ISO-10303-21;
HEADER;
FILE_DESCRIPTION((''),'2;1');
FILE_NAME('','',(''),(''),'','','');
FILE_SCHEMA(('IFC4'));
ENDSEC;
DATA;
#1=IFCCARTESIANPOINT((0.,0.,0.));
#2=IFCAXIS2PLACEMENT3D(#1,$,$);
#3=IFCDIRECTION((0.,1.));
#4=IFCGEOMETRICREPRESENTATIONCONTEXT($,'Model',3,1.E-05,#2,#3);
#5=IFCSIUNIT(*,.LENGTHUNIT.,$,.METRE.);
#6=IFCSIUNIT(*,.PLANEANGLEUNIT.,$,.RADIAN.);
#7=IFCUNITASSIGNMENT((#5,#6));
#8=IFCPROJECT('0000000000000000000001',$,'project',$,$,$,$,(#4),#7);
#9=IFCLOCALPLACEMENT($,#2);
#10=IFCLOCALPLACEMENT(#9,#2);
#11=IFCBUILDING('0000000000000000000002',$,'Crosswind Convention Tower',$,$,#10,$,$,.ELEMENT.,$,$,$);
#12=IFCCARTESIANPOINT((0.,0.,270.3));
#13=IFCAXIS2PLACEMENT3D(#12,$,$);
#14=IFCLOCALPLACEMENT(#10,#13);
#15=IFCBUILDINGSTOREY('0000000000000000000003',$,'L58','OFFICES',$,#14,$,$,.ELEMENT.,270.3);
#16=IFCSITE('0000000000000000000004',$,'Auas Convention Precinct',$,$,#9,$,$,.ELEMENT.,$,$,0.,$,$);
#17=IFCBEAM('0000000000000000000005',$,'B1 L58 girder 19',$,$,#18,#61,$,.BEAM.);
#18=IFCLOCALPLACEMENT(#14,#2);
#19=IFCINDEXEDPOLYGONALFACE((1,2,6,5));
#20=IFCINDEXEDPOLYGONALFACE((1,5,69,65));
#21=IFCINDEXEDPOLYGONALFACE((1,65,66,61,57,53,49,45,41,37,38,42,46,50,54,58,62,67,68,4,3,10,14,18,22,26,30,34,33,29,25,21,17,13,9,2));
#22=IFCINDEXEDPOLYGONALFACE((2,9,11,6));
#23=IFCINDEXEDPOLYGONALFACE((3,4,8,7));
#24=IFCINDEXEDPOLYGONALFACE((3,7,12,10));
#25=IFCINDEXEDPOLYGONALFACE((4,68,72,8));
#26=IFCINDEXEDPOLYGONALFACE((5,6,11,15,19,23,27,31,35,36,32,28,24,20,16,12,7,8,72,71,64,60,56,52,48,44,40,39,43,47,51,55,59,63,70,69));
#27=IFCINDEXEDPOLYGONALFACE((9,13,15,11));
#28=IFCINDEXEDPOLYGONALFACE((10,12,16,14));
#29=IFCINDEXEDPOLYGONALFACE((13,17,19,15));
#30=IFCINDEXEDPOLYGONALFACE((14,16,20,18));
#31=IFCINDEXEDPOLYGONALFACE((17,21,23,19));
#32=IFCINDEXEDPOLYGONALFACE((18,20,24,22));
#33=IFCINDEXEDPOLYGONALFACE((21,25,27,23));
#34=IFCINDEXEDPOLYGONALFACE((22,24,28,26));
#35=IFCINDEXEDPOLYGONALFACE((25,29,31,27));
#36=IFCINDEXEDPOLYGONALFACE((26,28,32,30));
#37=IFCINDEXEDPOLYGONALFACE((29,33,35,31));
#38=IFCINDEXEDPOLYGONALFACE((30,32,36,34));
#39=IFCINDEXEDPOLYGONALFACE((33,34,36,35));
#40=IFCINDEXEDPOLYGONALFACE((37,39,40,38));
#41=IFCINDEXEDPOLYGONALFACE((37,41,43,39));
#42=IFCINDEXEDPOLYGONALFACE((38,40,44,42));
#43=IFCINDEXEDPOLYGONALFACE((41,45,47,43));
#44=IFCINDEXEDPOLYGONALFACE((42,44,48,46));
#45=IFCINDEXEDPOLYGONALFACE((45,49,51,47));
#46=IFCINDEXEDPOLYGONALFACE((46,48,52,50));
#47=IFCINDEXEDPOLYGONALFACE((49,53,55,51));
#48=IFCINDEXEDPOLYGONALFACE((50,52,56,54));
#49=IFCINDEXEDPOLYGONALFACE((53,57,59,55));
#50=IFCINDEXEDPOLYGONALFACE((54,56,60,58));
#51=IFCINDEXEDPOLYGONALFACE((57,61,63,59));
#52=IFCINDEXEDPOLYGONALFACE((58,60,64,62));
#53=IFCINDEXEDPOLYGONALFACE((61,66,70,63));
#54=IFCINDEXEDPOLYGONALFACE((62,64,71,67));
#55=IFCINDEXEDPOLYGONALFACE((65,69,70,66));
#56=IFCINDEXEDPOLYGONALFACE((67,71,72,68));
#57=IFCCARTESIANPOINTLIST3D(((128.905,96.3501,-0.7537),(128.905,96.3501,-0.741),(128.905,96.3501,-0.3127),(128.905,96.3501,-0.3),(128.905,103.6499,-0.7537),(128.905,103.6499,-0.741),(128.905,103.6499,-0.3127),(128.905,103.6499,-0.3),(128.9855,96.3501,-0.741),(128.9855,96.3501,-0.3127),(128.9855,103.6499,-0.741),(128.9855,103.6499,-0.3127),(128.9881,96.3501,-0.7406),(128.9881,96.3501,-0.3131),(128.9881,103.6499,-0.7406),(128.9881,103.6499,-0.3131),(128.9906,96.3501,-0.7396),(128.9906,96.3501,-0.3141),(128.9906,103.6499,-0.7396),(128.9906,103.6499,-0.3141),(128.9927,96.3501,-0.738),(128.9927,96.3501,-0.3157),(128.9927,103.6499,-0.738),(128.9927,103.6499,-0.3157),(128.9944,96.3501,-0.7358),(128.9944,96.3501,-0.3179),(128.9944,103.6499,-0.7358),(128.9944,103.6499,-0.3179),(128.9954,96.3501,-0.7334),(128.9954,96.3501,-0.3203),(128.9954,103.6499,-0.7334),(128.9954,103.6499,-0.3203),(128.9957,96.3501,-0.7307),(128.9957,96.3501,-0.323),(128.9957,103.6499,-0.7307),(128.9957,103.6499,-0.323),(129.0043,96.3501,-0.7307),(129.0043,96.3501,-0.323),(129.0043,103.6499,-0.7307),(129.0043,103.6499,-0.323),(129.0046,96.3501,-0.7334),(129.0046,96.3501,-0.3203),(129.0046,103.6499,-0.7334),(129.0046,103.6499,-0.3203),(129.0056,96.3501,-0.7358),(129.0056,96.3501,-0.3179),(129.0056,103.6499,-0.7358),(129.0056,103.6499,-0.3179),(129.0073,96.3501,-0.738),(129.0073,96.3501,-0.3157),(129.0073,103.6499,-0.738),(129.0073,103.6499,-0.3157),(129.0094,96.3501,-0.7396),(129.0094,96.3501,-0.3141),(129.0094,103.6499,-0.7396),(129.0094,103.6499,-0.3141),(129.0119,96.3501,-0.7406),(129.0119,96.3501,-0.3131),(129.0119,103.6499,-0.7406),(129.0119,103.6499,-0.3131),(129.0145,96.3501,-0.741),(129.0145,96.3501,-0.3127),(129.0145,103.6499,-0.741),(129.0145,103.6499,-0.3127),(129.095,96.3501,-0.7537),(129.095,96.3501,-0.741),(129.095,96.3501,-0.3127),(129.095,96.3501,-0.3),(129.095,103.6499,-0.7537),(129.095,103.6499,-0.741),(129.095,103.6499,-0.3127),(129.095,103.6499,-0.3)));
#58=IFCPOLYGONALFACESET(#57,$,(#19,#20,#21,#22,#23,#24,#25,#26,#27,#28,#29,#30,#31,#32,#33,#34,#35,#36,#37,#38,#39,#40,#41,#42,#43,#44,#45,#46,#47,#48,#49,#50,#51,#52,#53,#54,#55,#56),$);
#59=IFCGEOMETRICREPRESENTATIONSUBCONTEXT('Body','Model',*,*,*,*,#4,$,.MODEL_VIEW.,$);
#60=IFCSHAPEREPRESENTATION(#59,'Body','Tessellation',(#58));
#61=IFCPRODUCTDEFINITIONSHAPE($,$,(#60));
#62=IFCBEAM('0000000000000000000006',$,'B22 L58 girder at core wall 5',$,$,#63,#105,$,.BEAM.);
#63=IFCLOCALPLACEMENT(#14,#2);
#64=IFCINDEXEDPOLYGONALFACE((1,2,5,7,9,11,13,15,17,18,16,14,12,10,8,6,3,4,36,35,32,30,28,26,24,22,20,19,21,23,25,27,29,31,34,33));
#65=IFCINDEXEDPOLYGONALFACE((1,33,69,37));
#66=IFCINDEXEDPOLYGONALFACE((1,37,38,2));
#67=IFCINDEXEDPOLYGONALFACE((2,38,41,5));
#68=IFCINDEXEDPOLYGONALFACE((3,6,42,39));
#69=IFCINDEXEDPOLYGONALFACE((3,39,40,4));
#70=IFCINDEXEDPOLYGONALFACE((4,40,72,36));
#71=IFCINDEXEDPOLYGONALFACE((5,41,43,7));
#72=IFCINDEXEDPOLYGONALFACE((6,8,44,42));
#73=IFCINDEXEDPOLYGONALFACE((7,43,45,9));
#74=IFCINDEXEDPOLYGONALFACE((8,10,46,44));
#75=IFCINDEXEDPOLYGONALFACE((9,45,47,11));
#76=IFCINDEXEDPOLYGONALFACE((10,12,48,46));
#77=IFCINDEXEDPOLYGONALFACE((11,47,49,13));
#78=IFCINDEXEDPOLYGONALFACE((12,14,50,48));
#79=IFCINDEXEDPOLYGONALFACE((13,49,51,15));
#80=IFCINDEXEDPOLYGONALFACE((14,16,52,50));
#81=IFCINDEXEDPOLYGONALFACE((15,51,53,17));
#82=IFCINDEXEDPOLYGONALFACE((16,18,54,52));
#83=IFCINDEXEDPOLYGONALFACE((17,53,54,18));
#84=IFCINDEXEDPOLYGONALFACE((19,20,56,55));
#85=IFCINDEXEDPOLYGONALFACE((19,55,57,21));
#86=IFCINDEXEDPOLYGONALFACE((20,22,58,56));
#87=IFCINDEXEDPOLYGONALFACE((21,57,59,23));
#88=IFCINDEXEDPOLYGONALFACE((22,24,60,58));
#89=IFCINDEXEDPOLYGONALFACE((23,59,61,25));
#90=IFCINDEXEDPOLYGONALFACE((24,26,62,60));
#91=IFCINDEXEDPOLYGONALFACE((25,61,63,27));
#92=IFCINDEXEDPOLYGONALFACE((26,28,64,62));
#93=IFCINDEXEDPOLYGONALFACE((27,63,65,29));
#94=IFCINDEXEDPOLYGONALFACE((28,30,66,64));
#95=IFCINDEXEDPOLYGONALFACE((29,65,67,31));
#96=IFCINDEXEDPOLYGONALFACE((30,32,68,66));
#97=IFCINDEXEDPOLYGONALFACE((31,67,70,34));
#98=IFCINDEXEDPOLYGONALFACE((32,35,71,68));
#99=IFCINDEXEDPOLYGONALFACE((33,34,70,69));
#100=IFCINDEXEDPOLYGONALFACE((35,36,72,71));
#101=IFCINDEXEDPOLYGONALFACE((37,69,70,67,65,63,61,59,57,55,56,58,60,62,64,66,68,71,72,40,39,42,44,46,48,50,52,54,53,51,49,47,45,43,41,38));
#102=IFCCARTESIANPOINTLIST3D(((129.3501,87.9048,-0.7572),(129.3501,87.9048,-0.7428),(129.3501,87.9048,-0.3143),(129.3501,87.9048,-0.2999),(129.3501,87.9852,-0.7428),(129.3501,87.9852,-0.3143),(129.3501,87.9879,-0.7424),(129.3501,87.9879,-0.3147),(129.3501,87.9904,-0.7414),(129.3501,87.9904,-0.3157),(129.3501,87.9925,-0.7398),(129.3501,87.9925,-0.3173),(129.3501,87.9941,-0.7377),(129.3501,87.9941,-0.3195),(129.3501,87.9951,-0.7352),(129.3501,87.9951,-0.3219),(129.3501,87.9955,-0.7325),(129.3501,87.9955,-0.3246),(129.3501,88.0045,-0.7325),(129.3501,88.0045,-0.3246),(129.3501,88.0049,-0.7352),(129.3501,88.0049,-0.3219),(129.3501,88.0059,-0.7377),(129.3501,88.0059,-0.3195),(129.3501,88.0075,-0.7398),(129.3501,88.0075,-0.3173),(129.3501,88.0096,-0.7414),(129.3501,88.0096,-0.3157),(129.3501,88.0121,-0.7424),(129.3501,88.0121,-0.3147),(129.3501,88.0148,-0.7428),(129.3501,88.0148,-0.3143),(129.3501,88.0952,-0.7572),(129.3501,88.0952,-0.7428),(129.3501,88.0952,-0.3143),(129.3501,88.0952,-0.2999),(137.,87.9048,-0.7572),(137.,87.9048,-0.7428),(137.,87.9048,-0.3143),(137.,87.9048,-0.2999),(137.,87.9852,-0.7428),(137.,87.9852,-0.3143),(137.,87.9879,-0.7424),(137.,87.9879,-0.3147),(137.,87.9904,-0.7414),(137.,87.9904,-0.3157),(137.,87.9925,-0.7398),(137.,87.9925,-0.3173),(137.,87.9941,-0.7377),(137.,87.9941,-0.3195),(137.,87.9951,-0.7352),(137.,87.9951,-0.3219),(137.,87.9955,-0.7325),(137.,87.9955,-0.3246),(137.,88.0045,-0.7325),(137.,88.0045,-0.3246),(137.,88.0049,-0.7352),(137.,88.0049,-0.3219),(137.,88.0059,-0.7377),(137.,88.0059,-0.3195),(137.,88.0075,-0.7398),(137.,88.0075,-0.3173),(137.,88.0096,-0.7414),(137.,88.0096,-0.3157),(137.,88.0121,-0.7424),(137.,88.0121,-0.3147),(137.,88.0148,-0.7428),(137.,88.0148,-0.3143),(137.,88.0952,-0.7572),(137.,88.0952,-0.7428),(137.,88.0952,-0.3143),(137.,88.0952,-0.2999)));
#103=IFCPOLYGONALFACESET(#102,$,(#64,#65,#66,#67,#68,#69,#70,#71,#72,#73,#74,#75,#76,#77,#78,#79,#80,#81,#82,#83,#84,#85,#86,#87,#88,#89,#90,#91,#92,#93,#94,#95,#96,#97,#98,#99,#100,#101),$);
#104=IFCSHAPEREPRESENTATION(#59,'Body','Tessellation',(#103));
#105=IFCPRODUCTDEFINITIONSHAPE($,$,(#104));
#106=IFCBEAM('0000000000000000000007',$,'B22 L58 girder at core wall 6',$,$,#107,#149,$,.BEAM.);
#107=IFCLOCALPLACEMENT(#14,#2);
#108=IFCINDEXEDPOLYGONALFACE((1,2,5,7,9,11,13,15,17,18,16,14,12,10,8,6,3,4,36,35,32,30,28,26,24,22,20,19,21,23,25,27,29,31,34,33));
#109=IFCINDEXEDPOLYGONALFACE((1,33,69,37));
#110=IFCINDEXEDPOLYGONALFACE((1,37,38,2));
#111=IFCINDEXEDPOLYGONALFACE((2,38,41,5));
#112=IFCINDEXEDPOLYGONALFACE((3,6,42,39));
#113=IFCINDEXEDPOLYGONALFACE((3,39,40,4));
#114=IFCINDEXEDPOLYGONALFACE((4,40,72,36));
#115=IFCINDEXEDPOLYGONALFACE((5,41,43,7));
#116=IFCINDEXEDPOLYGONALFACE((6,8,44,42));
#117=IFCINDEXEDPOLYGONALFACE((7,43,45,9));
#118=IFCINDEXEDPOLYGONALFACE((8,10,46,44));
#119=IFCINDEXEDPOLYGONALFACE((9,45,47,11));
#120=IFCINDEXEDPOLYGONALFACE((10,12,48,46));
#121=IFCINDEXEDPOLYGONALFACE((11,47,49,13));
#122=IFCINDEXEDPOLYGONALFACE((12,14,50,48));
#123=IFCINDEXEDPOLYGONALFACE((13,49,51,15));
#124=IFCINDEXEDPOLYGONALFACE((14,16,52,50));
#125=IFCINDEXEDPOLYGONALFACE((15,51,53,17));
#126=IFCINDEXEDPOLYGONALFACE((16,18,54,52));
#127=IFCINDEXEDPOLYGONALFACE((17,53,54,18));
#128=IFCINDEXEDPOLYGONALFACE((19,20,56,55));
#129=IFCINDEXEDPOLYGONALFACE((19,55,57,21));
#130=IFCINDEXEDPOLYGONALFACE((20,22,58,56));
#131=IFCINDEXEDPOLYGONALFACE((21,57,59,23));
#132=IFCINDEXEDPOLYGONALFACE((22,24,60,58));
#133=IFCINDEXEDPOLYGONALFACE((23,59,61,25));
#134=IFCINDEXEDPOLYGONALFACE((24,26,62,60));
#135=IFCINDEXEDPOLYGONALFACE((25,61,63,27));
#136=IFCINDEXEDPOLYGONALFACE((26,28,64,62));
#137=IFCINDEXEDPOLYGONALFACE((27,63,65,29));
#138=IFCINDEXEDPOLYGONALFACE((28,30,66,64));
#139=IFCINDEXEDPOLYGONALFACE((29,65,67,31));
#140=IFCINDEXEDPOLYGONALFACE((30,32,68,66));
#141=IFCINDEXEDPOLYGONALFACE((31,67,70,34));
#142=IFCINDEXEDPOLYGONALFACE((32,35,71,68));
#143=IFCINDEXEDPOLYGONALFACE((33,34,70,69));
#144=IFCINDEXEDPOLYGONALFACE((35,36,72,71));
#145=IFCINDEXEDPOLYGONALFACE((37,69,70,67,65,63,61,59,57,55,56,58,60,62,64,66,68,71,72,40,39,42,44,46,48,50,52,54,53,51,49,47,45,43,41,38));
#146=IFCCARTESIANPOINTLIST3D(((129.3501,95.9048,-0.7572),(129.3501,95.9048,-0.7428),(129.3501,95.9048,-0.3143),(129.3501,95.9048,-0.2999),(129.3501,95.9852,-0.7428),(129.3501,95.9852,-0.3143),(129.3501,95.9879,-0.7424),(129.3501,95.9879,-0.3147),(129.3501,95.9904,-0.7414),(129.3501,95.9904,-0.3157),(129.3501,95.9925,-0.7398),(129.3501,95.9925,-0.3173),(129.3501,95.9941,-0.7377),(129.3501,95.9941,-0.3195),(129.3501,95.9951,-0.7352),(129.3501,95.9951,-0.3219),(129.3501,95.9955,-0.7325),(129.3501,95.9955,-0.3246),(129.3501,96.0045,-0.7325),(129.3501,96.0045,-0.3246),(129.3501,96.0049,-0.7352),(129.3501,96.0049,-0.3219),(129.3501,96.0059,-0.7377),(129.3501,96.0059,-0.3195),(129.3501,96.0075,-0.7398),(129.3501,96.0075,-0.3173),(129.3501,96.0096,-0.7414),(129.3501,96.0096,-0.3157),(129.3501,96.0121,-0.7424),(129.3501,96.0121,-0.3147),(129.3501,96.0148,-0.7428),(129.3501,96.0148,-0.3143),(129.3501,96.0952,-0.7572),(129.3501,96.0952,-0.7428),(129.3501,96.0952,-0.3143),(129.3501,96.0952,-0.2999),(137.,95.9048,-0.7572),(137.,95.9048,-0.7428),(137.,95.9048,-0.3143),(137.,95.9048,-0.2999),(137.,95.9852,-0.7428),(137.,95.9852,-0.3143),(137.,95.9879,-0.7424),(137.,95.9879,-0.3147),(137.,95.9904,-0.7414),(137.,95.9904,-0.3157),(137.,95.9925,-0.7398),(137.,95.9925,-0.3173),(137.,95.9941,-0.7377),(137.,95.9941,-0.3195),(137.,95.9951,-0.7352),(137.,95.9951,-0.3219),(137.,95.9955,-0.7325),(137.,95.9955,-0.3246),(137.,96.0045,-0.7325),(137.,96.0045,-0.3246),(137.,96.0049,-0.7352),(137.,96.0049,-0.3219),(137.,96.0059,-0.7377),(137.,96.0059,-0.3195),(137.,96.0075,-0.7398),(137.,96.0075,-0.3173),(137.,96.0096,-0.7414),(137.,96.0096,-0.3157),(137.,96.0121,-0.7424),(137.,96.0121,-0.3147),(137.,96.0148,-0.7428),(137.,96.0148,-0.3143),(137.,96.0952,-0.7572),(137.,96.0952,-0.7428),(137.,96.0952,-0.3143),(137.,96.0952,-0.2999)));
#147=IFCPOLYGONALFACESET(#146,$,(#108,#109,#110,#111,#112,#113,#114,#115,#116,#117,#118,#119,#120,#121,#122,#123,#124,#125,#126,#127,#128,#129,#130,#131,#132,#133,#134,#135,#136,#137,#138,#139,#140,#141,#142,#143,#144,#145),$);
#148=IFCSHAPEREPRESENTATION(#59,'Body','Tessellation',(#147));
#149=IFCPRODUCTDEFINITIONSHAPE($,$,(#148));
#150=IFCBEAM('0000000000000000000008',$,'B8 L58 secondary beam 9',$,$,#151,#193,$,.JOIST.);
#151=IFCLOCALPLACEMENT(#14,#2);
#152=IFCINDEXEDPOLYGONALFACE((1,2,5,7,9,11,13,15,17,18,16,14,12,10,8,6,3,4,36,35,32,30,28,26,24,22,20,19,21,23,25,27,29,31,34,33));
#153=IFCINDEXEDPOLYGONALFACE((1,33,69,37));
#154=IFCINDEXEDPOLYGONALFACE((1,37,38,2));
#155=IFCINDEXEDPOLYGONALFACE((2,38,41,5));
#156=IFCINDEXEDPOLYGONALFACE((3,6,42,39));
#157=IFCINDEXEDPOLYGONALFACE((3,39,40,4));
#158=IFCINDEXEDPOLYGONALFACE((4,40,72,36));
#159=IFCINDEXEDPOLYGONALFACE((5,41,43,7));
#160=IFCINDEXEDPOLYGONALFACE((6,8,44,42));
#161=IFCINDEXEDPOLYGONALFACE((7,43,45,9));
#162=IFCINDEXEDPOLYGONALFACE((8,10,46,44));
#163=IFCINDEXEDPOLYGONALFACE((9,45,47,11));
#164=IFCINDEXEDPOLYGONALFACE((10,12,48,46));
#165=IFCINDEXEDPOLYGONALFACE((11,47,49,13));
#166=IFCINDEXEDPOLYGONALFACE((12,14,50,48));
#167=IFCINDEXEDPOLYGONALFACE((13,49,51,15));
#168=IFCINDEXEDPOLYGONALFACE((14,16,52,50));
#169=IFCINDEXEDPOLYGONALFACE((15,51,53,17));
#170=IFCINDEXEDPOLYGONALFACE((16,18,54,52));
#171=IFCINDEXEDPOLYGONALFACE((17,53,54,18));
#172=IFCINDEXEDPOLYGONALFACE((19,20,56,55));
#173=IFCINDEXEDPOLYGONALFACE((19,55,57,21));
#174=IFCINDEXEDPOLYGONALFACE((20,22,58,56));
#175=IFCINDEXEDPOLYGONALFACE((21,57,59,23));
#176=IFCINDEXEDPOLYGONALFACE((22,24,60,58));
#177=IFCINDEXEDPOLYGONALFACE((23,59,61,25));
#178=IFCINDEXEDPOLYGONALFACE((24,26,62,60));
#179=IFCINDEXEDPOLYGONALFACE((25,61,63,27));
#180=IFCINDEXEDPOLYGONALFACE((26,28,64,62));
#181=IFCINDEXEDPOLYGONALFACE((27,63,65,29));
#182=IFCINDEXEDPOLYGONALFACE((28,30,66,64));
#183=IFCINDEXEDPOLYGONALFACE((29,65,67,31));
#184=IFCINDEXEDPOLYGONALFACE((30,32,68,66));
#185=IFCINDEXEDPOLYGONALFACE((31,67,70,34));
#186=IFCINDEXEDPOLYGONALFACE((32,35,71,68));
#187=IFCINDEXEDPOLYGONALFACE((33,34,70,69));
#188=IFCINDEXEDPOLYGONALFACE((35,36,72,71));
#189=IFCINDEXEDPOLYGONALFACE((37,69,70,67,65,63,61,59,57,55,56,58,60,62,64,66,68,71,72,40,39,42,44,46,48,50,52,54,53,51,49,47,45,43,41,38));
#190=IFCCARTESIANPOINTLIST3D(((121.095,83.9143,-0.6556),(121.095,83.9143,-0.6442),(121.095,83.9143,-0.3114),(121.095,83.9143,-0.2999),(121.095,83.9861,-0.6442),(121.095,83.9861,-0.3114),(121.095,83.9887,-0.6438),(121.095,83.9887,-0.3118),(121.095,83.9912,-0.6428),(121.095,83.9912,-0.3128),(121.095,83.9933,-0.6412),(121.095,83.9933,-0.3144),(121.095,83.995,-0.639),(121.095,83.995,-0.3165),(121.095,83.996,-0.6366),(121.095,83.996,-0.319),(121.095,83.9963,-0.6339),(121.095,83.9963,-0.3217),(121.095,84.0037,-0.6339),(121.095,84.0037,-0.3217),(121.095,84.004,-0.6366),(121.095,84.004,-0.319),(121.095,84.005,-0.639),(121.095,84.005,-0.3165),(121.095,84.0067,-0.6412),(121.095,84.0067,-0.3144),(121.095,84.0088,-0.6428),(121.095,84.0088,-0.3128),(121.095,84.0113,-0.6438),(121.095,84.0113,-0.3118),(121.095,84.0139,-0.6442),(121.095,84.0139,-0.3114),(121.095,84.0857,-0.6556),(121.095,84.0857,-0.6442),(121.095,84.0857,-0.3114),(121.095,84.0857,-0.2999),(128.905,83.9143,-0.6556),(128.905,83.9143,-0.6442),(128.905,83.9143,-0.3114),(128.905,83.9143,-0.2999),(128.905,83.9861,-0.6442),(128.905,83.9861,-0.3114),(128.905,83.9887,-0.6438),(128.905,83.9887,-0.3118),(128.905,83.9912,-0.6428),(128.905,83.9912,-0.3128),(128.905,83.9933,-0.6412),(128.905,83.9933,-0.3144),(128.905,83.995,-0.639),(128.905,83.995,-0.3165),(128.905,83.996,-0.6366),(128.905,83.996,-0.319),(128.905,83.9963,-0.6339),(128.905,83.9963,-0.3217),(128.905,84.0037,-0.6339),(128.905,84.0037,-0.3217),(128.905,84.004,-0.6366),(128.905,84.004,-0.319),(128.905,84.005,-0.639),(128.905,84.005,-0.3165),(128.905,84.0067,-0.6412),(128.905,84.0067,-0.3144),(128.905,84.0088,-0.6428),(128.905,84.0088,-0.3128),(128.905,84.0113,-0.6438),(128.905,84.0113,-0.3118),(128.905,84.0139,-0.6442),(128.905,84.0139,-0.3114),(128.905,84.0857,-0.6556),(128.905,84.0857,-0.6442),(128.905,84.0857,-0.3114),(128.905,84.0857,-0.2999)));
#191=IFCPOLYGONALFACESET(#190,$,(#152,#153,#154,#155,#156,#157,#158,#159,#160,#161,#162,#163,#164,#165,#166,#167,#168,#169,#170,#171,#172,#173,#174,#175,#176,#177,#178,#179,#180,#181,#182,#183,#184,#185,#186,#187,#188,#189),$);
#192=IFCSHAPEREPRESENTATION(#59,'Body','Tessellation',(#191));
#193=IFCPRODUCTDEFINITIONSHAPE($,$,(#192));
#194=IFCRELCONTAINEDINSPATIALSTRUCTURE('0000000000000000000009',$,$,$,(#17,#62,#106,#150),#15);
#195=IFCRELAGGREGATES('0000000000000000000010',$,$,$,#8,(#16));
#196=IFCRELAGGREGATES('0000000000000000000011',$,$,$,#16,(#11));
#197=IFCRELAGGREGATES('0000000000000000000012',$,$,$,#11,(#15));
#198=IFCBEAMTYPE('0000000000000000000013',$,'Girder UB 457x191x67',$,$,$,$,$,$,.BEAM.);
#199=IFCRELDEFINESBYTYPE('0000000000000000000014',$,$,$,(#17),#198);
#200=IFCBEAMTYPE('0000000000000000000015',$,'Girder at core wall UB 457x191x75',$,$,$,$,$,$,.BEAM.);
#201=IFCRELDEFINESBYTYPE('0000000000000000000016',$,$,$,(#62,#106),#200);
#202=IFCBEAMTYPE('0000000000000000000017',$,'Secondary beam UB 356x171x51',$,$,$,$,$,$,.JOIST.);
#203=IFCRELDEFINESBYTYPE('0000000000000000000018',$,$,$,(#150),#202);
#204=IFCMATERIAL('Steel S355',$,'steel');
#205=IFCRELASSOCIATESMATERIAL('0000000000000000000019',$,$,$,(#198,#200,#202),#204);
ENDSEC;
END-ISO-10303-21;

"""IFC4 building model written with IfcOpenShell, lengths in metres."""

from ifc_helpers import new_model, si_unit, direction, frame, origin, origin_2d, place, context, subcontext, project, spatial, i_section, extrude, material, material_profile, profile_set, type_object, element, save


model = new_model("IFC4")

# Units and contexts
model_context = context("Model", 3, precision=1e-05, world=origin(), true_north=direction((0.0, 1.0)))
body_context = subcontext(model_context, "Body", "Model", "MODEL_VIEW")
ifc_project = project(units=[si_unit("LENGTHUNIT", "METRE"), si_unit("PLANEANGLEUNIT", "RADIAN")], contexts=[model_context])

# Site, building, storey
site_placement = place(None, origin())
site = spatial("IfcSite", under=ifc_project, at=site_placement, Name="Auas Convention Precinct", CompositionType="ELEMENT", RefElevation=0.0)
building_placement = place(site_placement, origin())
building = spatial("IfcBuilding", under=site, at=building_placement, Name="Crosswind Convention Tower", CompositionType="ELEMENT")
storey_placement = place(building_placement, frame((0.0, 0.0, 270.3)))
storey = spatial("IfcBuildingStorey", under=building, at=storey_placement, Name="L58", Description="OFFICES", CompositionType="ELEMENT", Elevation=270.3)

# Beams
ifc_material_1 = material(Name="Steel S355", Category="steel")
ifc_material_profile_1 = material_profile(ifc_material_1, i_section(OverallWidth=0.1899, OverallDepth=0.4536, WebThickness=0.0085, FlangeThickness=0.0127, FilletRadius=0.0103, at=origin_2d()), Name="UB 457x191x67")
ifc_profile_set_1 = profile_set([ifc_material_profile_1], Name="Steel S355")
beam_type_1 = type_object("IfcBeamType", Name="Girder UB 457x191x67", PredefinedType="BEAM", material=ifc_profile_set_1)
for number, where, z_axis, x_axis, name in (
    (1, (129.0, 96.3501, -0.5269), (0.0, 1.0, 0.0), (-1.0, 0.0, 0.0), "B1 L58 girder 19"),
):
    element("IfcBeam", number, at=place(storey_placement, frame(where, z_axis=z_axis, x_axis=x_axis)), inside=storey, type_object=beam_type_1, Name=name, PredefinedType="BEAM", context=body_context, shape_type="SweptSolid", body=[
        extrude(i_section(OverallWidth=0.1899, OverallDepth=0.4536, WebThickness=0.0085, FlangeThickness=0.0127, FilletRadius=0.0103, at=origin_2d()), origin(), (0.0, 0.0, 1.0), 7.2998),
    ])
ifc_material_profile_2 = material_profile(ifc_material_1, i_section(OverallWidth=0.1904, OverallDepth=0.4573, WebThickness=0.009, FlangeThickness=0.0144, FilletRadius=0.0103, at=origin_2d()), Name="UB 457x191x75")
ifc_profile_set_2 = profile_set([ifc_material_profile_2], Name="Steel S355")
beam_type_2 = type_object("IfcBeamType", Name="Girder at core wall UB 457x191x75", PredefinedType="BEAM", material=ifc_profile_set_2)
for number, where, z_axis, x_axis, name in (
    (2, (129.3501, 88.0, -0.5286), (1.0, 0.0, 0.0), (0.0, 1.0, 0.0), "B22 L58 girder at core wall 5"),
    (3, (129.3501, 96.0, -0.5286), (1.0, 0.0, 0.0), (0.0, 1.0, 0.0), "B22 L58 girder at core wall 6"),
):
    element("IfcBeam", number, at=place(storey_placement, frame(where, z_axis=z_axis, x_axis=x_axis)), inside=storey, type_object=beam_type_2, Name=name, PredefinedType="BEAM", context=body_context, shape_type="SweptSolid", body=[
        extrude(i_section(OverallWidth=0.1904, OverallDepth=0.4573, WebThickness=0.009, FlangeThickness=0.0144, FilletRadius=0.0103, at=origin_2d()), origin(), (0.0, 0.0, 1.0), 7.6499),
    ])
ifc_material_profile_3 = material_profile(ifc_material_1, i_section(OverallWidth=0.1714, OverallDepth=0.3557, WebThickness=0.0073, FlangeThickness=0.0115, FilletRadius=0.0103, at=origin_2d()), Name="UB 356x171x51")
ifc_profile_set_3 = profile_set([ifc_material_profile_3], Name="Steel S355")
beam_type_3 = type_object("IfcBeamType", Name="Secondary beam UB 356x171x51", PredefinedType="JOIST", material=ifc_profile_set_3)
for number, where, z_axis, x_axis, name in (
    (4, (121.095, 84.0, -0.4778), (1.0, 0.0, 0.0), (0.0, 1.0, 0.0), "B8 L58 secondary beam 9"),
):
    element("IfcBeam", number, at=place(storey_placement, frame(where, z_axis=z_axis, x_axis=x_axis)), inside=storey, type_object=beam_type_3, Name=name, PredefinedType="JOIST", context=body_context, shape_type="SweptSolid", body=[
        extrude(i_section(OverallWidth=0.1714, OverallDepth=0.3557, WebThickness=0.0073, FlangeThickness=0.0115, FilletRadius=0.0103, at=origin_2d()), origin(), (0.0, 0.0, 1.0), 7.8101),
    ])

save(model, "model.ifc")
